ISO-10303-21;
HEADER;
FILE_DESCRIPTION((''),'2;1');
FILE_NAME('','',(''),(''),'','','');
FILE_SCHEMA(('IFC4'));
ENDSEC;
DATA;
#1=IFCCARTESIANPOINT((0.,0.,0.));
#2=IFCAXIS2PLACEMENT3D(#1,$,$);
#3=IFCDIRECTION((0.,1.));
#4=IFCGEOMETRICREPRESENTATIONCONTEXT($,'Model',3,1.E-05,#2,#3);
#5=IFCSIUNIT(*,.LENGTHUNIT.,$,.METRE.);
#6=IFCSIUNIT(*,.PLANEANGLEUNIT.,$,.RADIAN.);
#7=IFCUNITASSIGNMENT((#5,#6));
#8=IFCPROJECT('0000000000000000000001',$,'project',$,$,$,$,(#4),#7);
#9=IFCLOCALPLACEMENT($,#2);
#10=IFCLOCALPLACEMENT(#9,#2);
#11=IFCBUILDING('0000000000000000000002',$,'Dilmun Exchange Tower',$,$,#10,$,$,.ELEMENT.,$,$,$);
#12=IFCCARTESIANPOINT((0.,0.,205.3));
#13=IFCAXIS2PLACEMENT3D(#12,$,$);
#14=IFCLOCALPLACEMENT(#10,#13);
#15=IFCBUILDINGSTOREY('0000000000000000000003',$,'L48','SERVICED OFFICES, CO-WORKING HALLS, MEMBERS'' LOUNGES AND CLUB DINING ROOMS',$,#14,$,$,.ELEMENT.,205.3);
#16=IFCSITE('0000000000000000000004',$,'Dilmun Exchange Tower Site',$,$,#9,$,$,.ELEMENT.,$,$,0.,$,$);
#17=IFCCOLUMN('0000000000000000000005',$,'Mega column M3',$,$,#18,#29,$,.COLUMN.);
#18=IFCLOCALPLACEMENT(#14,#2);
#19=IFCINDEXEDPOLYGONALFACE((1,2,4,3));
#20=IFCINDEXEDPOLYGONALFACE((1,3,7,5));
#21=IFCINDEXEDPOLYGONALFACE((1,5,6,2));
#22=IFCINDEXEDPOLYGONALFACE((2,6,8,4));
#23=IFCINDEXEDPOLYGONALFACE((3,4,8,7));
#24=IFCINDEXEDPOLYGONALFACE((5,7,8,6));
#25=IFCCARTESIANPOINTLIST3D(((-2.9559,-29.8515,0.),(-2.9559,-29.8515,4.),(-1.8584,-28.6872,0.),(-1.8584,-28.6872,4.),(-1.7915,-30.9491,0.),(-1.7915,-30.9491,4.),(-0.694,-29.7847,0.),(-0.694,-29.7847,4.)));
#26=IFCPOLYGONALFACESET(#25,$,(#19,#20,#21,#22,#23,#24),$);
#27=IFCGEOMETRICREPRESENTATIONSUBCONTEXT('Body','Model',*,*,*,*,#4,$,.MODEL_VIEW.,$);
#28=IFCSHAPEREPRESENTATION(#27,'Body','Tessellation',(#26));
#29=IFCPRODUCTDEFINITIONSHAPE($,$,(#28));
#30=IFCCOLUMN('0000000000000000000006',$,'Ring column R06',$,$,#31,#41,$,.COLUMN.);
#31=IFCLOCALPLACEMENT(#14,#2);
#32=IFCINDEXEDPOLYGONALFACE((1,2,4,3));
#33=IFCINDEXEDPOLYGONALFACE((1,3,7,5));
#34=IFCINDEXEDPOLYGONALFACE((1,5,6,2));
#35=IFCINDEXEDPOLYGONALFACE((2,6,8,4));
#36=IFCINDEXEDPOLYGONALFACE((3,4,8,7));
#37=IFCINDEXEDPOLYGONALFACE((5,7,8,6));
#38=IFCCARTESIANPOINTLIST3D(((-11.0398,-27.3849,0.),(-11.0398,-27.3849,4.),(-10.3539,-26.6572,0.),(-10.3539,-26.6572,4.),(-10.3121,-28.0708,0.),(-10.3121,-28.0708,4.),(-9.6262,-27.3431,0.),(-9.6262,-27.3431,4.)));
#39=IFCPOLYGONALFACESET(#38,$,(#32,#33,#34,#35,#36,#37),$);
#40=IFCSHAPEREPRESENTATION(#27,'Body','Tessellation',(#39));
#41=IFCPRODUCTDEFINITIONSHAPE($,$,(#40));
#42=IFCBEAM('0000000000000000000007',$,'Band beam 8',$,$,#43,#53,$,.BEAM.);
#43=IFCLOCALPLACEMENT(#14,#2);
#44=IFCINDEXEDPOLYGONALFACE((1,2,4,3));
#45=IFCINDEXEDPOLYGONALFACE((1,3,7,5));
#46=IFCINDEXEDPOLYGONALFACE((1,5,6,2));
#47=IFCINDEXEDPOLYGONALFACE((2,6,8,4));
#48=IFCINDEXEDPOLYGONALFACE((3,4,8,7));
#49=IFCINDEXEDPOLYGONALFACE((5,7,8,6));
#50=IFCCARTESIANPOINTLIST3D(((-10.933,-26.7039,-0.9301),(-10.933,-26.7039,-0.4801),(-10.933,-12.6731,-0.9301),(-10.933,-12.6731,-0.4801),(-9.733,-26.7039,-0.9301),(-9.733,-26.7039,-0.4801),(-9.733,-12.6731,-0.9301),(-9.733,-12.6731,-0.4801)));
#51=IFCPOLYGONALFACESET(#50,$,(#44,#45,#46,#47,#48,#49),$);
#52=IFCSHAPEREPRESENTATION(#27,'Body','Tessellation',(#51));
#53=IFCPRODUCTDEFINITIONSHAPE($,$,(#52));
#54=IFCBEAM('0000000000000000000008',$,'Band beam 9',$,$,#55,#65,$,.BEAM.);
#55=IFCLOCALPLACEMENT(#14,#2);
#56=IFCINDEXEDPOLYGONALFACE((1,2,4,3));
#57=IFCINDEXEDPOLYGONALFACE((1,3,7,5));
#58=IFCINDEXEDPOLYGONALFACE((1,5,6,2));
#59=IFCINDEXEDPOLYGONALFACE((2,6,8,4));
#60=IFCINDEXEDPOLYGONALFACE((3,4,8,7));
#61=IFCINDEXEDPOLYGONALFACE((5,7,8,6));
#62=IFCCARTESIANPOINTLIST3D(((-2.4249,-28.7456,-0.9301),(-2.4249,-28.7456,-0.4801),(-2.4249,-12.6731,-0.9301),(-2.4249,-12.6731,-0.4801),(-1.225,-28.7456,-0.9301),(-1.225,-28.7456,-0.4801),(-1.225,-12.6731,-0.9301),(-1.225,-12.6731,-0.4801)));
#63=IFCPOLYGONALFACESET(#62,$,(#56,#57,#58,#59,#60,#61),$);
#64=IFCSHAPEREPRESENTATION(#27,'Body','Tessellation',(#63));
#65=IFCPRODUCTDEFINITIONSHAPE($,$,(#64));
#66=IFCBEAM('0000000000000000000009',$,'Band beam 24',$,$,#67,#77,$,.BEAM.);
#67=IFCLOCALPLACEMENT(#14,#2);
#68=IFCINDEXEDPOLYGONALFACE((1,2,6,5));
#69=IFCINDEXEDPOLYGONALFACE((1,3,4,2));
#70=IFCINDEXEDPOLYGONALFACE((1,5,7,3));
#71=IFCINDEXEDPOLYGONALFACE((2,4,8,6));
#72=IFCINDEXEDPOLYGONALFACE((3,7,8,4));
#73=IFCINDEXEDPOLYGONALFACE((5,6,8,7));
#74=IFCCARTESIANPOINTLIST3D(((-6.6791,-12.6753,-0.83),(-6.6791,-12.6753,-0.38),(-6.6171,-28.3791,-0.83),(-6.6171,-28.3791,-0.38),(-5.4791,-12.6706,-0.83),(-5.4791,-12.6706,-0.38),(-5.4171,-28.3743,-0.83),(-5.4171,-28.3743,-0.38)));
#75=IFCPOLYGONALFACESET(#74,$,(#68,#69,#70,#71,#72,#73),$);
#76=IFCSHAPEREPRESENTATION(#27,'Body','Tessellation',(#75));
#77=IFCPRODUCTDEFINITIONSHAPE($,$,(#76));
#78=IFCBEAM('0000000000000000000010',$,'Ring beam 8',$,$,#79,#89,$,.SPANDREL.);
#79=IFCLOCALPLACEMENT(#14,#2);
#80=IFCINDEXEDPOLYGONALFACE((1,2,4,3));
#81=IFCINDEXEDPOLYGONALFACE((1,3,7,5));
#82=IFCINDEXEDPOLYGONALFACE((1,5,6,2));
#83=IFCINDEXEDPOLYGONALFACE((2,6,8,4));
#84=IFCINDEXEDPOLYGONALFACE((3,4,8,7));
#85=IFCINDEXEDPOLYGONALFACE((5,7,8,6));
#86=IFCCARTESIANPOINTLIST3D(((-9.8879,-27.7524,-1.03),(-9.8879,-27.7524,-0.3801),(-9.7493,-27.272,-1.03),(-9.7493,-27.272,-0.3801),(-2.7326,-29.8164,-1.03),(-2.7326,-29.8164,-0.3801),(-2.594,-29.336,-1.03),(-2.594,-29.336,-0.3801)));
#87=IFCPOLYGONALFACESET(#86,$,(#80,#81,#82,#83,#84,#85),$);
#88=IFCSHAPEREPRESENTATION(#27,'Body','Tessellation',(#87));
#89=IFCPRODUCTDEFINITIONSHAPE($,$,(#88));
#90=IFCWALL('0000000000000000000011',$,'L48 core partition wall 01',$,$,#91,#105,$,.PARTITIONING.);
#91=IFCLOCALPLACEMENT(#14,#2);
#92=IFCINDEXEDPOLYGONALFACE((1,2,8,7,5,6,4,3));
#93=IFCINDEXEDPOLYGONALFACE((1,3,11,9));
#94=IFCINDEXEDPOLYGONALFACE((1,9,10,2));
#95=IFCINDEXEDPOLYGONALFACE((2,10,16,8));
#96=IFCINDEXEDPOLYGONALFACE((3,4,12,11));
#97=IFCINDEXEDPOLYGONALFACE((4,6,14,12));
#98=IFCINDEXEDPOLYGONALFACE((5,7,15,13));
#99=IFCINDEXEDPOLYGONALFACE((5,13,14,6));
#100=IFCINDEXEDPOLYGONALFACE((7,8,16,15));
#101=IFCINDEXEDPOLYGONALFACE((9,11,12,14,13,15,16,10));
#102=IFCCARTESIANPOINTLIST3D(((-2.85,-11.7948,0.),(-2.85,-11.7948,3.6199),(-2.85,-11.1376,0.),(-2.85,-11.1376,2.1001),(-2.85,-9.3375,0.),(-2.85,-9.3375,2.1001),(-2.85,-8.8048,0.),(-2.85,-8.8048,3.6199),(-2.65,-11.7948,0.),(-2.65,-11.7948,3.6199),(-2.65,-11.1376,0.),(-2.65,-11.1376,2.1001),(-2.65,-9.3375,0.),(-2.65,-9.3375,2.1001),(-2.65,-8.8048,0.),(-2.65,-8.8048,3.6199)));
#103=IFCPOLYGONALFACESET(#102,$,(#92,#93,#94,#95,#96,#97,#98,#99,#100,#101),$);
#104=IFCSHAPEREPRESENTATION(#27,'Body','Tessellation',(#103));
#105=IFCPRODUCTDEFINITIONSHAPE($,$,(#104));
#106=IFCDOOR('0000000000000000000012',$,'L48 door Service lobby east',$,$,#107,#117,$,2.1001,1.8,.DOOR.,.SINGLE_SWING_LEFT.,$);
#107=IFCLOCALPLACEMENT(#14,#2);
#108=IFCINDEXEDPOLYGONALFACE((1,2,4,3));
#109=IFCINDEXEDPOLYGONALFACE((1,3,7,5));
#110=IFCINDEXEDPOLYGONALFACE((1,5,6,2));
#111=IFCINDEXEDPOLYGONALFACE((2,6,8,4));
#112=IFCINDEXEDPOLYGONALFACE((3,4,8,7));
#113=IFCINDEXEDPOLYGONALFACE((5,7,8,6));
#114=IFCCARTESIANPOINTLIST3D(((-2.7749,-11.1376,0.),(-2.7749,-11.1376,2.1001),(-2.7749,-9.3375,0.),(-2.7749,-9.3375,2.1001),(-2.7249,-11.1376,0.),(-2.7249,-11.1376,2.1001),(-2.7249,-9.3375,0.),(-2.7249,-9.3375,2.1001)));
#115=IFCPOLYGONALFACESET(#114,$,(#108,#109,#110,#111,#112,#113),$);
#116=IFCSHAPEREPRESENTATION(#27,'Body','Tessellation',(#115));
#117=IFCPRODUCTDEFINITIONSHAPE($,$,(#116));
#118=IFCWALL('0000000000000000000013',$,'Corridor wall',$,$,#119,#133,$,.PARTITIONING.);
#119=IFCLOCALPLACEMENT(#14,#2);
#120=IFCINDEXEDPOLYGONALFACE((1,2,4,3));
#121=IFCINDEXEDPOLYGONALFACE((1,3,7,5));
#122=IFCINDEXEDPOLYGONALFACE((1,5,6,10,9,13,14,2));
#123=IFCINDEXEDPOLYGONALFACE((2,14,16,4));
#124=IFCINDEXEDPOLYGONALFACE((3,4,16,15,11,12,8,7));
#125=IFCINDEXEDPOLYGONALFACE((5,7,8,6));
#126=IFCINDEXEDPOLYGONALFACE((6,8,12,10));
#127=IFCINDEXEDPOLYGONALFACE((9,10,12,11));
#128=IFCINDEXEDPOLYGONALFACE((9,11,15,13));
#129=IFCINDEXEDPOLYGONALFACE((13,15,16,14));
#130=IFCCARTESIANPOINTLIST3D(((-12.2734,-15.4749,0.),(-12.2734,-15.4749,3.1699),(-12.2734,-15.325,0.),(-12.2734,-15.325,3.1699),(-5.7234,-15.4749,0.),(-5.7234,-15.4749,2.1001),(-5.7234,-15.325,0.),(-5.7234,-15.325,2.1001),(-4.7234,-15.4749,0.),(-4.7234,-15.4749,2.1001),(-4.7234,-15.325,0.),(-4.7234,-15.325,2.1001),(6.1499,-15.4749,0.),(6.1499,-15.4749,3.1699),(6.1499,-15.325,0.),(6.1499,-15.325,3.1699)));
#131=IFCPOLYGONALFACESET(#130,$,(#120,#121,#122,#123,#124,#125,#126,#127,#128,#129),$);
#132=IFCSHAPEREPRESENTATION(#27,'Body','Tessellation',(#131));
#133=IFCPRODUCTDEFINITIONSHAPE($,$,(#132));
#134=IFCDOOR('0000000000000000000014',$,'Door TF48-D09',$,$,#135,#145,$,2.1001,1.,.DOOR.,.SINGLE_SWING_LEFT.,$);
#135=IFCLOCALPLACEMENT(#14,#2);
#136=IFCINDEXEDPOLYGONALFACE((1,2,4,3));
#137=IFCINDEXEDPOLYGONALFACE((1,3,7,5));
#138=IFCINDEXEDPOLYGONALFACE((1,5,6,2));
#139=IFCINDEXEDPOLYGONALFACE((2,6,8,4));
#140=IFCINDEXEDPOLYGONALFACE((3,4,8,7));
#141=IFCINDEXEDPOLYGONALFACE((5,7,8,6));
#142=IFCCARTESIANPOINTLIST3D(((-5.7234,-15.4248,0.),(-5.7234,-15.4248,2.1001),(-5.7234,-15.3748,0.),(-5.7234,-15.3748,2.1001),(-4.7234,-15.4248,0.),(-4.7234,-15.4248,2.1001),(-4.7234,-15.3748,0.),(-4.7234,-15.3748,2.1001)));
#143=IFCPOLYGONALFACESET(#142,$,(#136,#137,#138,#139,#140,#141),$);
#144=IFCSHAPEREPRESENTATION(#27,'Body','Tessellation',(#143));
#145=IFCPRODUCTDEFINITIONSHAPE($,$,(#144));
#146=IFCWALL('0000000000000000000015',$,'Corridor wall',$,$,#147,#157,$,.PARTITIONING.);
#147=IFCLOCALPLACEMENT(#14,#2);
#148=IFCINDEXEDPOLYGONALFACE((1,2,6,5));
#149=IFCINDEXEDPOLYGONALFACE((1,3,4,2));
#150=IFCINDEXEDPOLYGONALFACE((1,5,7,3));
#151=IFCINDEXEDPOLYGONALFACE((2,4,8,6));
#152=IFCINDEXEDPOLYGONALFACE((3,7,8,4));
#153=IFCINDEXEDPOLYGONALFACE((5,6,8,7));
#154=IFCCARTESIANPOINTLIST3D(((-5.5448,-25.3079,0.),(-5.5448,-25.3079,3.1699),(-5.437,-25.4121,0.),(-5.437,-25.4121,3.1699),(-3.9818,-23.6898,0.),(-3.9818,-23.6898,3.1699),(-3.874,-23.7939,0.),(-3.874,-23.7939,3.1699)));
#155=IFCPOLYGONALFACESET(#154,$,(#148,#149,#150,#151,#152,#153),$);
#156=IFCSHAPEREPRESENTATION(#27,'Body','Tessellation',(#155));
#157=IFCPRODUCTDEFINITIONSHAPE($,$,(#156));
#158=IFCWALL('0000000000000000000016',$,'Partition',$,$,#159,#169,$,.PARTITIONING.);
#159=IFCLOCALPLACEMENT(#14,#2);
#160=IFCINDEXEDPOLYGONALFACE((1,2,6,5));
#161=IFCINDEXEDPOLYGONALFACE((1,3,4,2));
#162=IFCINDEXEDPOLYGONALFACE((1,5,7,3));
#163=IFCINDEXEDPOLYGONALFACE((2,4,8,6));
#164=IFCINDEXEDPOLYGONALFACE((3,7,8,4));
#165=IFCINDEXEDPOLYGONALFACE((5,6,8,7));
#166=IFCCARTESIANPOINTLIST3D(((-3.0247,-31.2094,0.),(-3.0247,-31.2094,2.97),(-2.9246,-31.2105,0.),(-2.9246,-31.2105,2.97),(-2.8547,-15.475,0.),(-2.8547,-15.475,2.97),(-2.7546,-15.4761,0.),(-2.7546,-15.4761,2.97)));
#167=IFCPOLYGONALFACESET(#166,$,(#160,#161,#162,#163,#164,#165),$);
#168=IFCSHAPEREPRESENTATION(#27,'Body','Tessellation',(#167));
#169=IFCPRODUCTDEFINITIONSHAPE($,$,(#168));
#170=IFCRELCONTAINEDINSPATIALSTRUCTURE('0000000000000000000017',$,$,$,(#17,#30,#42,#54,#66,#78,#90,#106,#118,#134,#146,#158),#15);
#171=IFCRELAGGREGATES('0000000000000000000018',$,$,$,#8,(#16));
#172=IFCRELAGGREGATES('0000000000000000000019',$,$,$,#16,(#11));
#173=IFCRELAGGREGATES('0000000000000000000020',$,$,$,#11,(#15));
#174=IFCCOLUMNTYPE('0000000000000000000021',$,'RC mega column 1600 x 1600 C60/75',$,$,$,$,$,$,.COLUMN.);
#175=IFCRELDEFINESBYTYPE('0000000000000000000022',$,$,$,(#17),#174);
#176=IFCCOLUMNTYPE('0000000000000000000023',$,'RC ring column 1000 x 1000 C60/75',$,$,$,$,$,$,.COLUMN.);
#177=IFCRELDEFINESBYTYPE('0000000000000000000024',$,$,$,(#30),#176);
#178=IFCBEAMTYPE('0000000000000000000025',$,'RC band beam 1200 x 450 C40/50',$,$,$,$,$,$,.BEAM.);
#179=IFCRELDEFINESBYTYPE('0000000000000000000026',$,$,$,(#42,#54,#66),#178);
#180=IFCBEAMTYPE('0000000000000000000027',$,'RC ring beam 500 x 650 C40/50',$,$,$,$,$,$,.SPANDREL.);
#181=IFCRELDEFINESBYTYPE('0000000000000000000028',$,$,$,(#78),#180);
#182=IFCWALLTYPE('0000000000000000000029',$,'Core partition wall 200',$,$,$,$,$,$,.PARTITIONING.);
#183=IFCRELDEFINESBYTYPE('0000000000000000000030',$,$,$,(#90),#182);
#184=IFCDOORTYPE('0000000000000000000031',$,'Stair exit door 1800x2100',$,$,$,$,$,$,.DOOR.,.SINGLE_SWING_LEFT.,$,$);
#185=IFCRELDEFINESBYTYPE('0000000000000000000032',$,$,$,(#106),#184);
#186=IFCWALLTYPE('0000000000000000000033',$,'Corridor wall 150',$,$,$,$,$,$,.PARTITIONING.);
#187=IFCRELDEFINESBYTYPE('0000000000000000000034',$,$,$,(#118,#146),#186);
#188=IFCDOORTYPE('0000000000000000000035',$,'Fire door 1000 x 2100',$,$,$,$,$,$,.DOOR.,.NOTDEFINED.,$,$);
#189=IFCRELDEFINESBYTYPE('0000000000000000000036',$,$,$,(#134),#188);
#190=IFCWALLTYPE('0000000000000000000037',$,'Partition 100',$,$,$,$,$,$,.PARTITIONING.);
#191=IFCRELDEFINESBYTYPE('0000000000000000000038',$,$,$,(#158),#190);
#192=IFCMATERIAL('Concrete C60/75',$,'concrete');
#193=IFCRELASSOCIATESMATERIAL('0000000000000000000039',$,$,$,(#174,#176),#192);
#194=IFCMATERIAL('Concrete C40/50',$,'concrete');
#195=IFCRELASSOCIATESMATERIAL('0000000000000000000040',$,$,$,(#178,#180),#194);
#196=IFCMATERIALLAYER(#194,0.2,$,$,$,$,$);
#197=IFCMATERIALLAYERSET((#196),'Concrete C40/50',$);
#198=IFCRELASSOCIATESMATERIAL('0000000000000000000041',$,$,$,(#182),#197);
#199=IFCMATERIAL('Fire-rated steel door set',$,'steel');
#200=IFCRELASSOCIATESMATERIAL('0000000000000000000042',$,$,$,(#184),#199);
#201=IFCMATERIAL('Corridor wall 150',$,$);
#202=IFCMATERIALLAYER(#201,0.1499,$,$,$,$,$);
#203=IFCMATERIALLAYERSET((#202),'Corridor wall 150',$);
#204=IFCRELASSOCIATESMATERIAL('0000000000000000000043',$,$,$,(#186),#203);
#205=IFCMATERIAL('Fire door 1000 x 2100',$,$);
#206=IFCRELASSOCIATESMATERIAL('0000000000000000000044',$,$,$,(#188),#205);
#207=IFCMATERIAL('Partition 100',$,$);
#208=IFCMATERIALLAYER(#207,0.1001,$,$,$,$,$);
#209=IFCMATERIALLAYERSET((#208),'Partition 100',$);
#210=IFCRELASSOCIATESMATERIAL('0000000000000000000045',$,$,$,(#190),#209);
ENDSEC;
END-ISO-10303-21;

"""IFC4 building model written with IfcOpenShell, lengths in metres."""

from ifc_helpers import new_model, si_unit, direction, frame, frame_2d, origin, origin_2d, place, context, subcontext, project, spatial, rectangle, extrude, material, layer, layer_set, material_profile, profile_set, type_object, element, fill, save


model = new_model("IFC4")

# Units and contexts
model_context = context("Model", 3, precision=1e-05, world=origin(), true_north=direction((0.0, 1.0)))
body_context = subcontext(model_context, "Body", "Model", "MODEL_VIEW")
ifc_project = project(units=[si_unit("LENGTHUNIT", "METRE"), si_unit("PLANEANGLEUNIT", "RADIAN")], contexts=[model_context])

# Site, building, storey
site_placement = place(None, origin())
site = spatial("IfcSite", under=ifc_project, at=site_placement, Name="Dilmun Exchange Tower Site", CompositionType="ELEMENT", RefElevation=0.0)
building_placement = place(site_placement, origin())
building = spatial("IfcBuilding", under=site, at=building_placement, Name="Dilmun Exchange Tower", CompositionType="ELEMENT")
storey_placement = place(building_placement, frame((0.0, 0.0, 205.3)))
storey = spatial("IfcBuildingStorey", under=building, at=storey_placement, Name="L48", Description="SERVICED OFFICES, CO-WORKING HALLS, MEMBERS' LOUNGES AND CLUB DINING ROOMS", CompositionType="ELEMENT", Elevation=205.3)

# Columns
ifc_material_1 = material(Name="Concrete C60/75", Category="concrete")
ifc_material_profile_1 = material_profile(ifc_material_1, rectangle(XDim=1.6001, YDim=1.6001, at=origin_2d()), Name="1600 x 1600")
ifc_profile_set_1 = profile_set([ifc_material_profile_1], Name="Concrete C60/75")
column_type_1 = type_object("IfcColumnType", Name="RC mega column 1600 x 1600 C60/75", PredefinedType="COLUMN", material=ifc_profile_set_1)
column_1_placement = place(storey_placement, frame((-1.825, -29.8181, 0.0), z_axis=(0.0, 0.0, 1.0), x_axis=(0.685916, 0.727681, 0.0)))
element("IfcColumn", 1, at=column_1_placement, inside=storey, type_object=column_type_1, Name="Mega column M3", PredefinedType="COLUMN", context=body_context, shape_type="SweptSolid", body=[
    extrude(rectangle(XDim=1.6001, YDim=1.6001, at=origin_2d()), origin(), (0.0, 0.0, 1.0), 4.0),
])
ifc_material_profile_2 = material_profile(ifc_material_1, rectangle(XDim=1.0, YDim=1.0, at=origin_2d()), Name="1000 x 1000")
ifc_profile_set_2 = profile_set([ifc_material_profile_2], Name="Concrete C60/75")
column_type_2 = type_object("IfcColumnType", Name="RC ring column 1000 x 1000 C60/75", PredefinedType="COLUMN", material=ifc_profile_set_2)
column_2_placement = place(storey_placement, frame((-10.333, -27.364, 0.0), z_axis=(0.0, 0.0, 1.0), x_axis=(0.685916, 0.727681, 0.0)))
element("IfcColumn", 2, at=column_2_placement, inside=storey, type_object=column_type_2, Name="Ring column R06", PredefinedType="COLUMN", context=body_context, shape_type="SweptSolid", body=[
    extrude(rectangle(XDim=1.0, YDim=1.0, at=origin_2d()), origin(), (0.0, 0.0, 1.0), 4.0),
])

# Beams
ifc_material_2 = material(Name="Concrete C40/50", Category="concrete")
ifc_material_profile_3 = material_profile(ifc_material_2, rectangle(XDim=1.2, YDim=0.45, at=origin_2d()), Name="1200 x 450")
ifc_profile_set_3 = profile_set([ifc_material_profile_3], Name="Concrete C40/50")
beam_type_1 = type_object("IfcBeamType", Name="RC band beam 1200 x 450 C40/50", PredefinedType="BEAM", material=ifc_profile_set_3)
beam_1_placement = place(storey_placement, frame((-10.333, -26.7039, -0.7051), z_axis=(0.0, 1.0, 0.0), x_axis=(-1.0, 0.0, 0.0)))
element("IfcBeam", 3, at=beam_1_placement, inside=storey, type_object=beam_type_1, Name="Band beam 8", PredefinedType="BEAM", context=body_context, shape_type="SweptSolid", body=[
    extrude(rectangle(XDim=1.2, YDim=0.45, at=origin_2d()), origin(), (0.0, 0.0, 1.0), 14.0308),
])
beam_2_placement = place(storey_placement, frame((-1.825, -28.7456, -0.7051), z_axis=(0.0, 1.0, 0.0), x_axis=(-1.0, 0.0, 0.0)))
element("IfcBeam", 4, at=beam_2_placement, inside=storey, type_object=beam_type_1, Name="Band beam 9", PredefinedType="BEAM", context=body_context, shape_type="SweptSolid", body=[
    extrude(rectangle(XDim=1.2, YDim=0.45, at=origin_2d()), origin(), (0.0, 0.0, 1.0), 16.0725),
])
beam_3_placement = place(storey_placement, frame((-6.0171, -28.3767, -0.605), z_axis=(-0.003949, 0.999992, 0.0), x_axis=(-0.999992, -0.003949, 0.0)))
element("IfcBeam", 5, at=beam_3_placement, inside=storey, type_object=beam_type_1, Name="Band beam 24", PredefinedType="BEAM", context=body_context, shape_type="SweptSolid", body=[
    extrude(rectangle(XDim=1.2, YDim=0.45, at=origin_2d()), origin(), (0.0, 0.0, 1.0), 15.7039),
])
ifc_material_profile_4 = material_profile(ifc_material_2, rectangle(XDim=0.5, YDim=0.6499, at=origin_2d()), Name="500 x 650")
ifc_profile_set_4 = profile_set([ifc_material_profile_4], Name="Concrete C40/50")
beam_type_2 = type_object("IfcBeamType", Name="RC ring beam 500 x 650 C40/50", PredefinedType="SPANDREL", material=ifc_profile_set_4)
beam_4_placement = place(storey_placement, frame((-9.8186, -27.5122, -0.7051), z_axis=(0.960826, -0.277154, 0.0), x_axis=(0.277154, 0.960826, 0.0)))
element("IfcBeam", 6, at=beam_4_placement, inside=storey, type_object=beam_type_2, Name="Ring beam 8", PredefinedType="SPANDREL", context=body_context, shape_type="SweptSolid", body=[
    extrude(rectangle(XDim=0.5, YDim=0.6499, at=origin_2d()), origin(), (0.0, 0.0, 1.0), 7.447),
])

# Walls, openings, doors
ifc_layer_1 = layer(ifc_material_2, 0.2)
ifc_layer_set_1 = layer_set([ifc_layer_1], Name="Concrete C40/50")
wall_type_1 = type_object("IfcWallType", Name="Core partition wall 200", PredefinedType="PARTITIONING", material=ifc_layer_set_1)
wall_1_placement = place(storey_placement, frame((-2.75, -11.7949, 0.0), z_axis=(0.0, 0.0, 1.0), x_axis=(0.0, 1.0, 0.0)))
wall_1 = element("IfcWall", 7, at=wall_1_placement, inside=storey, type_object=wall_type_1, Name="L48 core partition wall 01", PredefinedType="PARTITIONING", context=body_context, shape_type="SweptSolid", body=[
    extrude(rectangle(XDim=2.99, YDim=0.2, at=frame_2d((1.4951, 0.0))), origin(), (0.0, 0.0, 1.0), 3.6199),
])
opening_1_placement = place(wall_1_placement, frame((0.6575, 0.0, 0.0)))
opening_1 = element("IfcOpeningElement", 8, at=opening_1_placement, cuts=wall_1, PredefinedType="OPENING", context=body_context, shape_type="SweptSolid", body=[
    extrude(rectangle(XDim=1.8, YDim=2.1001, at=frame_2d((0.8999, 1.05))), frame((0.0, 0.1099, 0.0), z_axis=(0.0, -1.0, 0.0), x_axis=(1.0, 0.0, 0.0)), (0.0, 0.0, 1.0), 0.22),
])
ifc_material_3 = material(Name="Fire-rated steel door set", Category="steel")
door_type_1 = type_object("IfcDoorType", Name="Stair exit door 1800x2100", OperationType="SINGLE_SWING_LEFT", PredefinedType="DOOR", material=ifc_material_3)
door_1_placement = place(opening_1_placement, origin())
door_1 = element("IfcDoor", 9, at=door_1_placement, inside=storey, type_object=door_type_1, Name="L48 door Service lobby east", OperationType="SINGLE_SWING_LEFT", OverallHeight=2.1001, OverallWidth=1.8, PredefinedType="DOOR", context=body_context, shape_type="SweptSolid", body=[
    extrude(rectangle(XDim=1.8, YDim=2.1001, at=frame_2d((0.8999, 1.05))), frame((0.0, 0.0249, 0.0), z_axis=(0.0, -1.0, 0.0), x_axis=(1.0, 0.0, 0.0)), (0.0, 0.0, 1.0), 0.05),
])
fill(opening_1, door_1)
ifc_material_4 = material(Name="Corridor wall 150")
ifc_layer_2 = layer(ifc_material_4, 0.1499)
ifc_layer_set_2 = layer_set([ifc_layer_2], Name="Corridor wall 150")
wall_type_2 = type_object("IfcWallType", Name="Corridor wall 150", PredefinedType="PARTITIONING", material=ifc_layer_set_2)
wall_2_placement = place(storey_placement, frame((-12.2734, -15.3999, 0.0), z_axis=(0.0, 0.0, 1.0), x_axis=(1.0, 0.0, 0.0)))
wall_2 = element("IfcWall", 10, at=wall_2_placement, inside=storey, type_object=wall_type_2, Name="Corridor wall", PredefinedType="PARTITIONING", context=body_context, shape_type="SweptSolid", body=[
    extrude(rectangle(XDim=18.4233, YDim=0.1499, at=frame_2d((9.2117, 0.0))), origin(), (0.0, 0.0, 1.0), 3.1699),
])
opening_2_placement = place(wall_2_placement, frame((6.55, 0.0, 0.0)))
opening_2 = element("IfcOpeningElement", 11, at=opening_2_placement, cuts=wall_2, PredefinedType="OPENING", context=body_context, shape_type="SweptSolid", body=[
    extrude(rectangle(XDim=1.0, YDim=2.1001, at=frame_2d((0.5, 1.05))), frame((0.0, 0.085, 0.0), z_axis=(0.0, -1.0, 0.0), x_axis=(1.0, 0.0, 0.0)), (0.0, 0.0, 1.0), 0.1699),
])
ifc_material_5 = material(Name="Fire door 1000 x 2100")
door_type_2 = type_object("IfcDoorType", Name="Fire door 1000 x 2100", OperationType="NOTDEFINED", PredefinedType="DOOR", material=ifc_material_5)
door_2_placement = place(opening_2_placement, frame((1.0, 0.0, 0.0), z_axis=(0.0, 0.0, 1.0), x_axis=(-1.0, 0.0, 0.0)))
door_2 = element("IfcDoor", 12, at=door_2_placement, inside=storey, type_object=door_type_2, Name="Door TF48-D09", OperationType="SINGLE_SWING_LEFT", OverallHeight=2.1001, OverallWidth=1.0, PredefinedType="DOOR", context=body_context, shape_type="SweptSolid", body=[
    extrude(rectangle(XDim=1.0, YDim=2.1001, at=frame_2d((0.5, 1.05))), frame((0.0, 0.0249, 0.0), z_axis=(0.0, -1.0, 0.0), x_axis=(1.0, 0.0, 0.0)), (0.0, 0.0, 1.0), 0.05),
])
fill(opening_2, door_2)

# Walls
wall_3_placement = place(storey_placement, frame((-5.491, -25.3601, 0.0), z_axis=(0.0, 0.0, 1.0), x_axis=(0.694738, 0.719263, 0.0)))
element("IfcWall", 13, at=wall_3_placement, inside=storey, type_object=wall_type_2, Name="Corridor wall", PredefinedType="PARTITIONING", context=body_context, shape_type="SweptSolid", body=[
    extrude(rectangle(XDim=2.2498, YDim=0.1499, at=frame_2d((1.125, 0.0))), origin(), (0.0, 0.0, 1.0), 3.1699),
])
ifc_material_6 = material(Name="Partition 100")
ifc_layer_3 = layer(ifc_material_6, 0.1001)
ifc_layer_set_3 = layer_set([ifc_layer_3], Name="Partition 100")
wall_type_3 = type_object("IfcWallType", Name="Partition 100", PredefinedType="PARTITIONING", material=ifc_layer_set_3)
wall_4_placement = place(storey_placement, frame((-2.9746, -31.21, 0.0), z_axis=(0.0, 0.0, 1.0), x_axis=(0.010799, 0.999942, 0.0)))
element("IfcWall", 14, at=wall_4_placement, inside=storey, type_object=wall_type_3, Name="Partition", PredefinedType="PARTITIONING", context=body_context, shape_type="SweptSolid", body=[
    extrude(rectangle(XDim=15.7354, YDim=0.1001, at=frame_2d((7.8677, 0.0))), origin(), (0.0, 0.0, 1.0), 2.97),
])

save(model, "model.ifc")
